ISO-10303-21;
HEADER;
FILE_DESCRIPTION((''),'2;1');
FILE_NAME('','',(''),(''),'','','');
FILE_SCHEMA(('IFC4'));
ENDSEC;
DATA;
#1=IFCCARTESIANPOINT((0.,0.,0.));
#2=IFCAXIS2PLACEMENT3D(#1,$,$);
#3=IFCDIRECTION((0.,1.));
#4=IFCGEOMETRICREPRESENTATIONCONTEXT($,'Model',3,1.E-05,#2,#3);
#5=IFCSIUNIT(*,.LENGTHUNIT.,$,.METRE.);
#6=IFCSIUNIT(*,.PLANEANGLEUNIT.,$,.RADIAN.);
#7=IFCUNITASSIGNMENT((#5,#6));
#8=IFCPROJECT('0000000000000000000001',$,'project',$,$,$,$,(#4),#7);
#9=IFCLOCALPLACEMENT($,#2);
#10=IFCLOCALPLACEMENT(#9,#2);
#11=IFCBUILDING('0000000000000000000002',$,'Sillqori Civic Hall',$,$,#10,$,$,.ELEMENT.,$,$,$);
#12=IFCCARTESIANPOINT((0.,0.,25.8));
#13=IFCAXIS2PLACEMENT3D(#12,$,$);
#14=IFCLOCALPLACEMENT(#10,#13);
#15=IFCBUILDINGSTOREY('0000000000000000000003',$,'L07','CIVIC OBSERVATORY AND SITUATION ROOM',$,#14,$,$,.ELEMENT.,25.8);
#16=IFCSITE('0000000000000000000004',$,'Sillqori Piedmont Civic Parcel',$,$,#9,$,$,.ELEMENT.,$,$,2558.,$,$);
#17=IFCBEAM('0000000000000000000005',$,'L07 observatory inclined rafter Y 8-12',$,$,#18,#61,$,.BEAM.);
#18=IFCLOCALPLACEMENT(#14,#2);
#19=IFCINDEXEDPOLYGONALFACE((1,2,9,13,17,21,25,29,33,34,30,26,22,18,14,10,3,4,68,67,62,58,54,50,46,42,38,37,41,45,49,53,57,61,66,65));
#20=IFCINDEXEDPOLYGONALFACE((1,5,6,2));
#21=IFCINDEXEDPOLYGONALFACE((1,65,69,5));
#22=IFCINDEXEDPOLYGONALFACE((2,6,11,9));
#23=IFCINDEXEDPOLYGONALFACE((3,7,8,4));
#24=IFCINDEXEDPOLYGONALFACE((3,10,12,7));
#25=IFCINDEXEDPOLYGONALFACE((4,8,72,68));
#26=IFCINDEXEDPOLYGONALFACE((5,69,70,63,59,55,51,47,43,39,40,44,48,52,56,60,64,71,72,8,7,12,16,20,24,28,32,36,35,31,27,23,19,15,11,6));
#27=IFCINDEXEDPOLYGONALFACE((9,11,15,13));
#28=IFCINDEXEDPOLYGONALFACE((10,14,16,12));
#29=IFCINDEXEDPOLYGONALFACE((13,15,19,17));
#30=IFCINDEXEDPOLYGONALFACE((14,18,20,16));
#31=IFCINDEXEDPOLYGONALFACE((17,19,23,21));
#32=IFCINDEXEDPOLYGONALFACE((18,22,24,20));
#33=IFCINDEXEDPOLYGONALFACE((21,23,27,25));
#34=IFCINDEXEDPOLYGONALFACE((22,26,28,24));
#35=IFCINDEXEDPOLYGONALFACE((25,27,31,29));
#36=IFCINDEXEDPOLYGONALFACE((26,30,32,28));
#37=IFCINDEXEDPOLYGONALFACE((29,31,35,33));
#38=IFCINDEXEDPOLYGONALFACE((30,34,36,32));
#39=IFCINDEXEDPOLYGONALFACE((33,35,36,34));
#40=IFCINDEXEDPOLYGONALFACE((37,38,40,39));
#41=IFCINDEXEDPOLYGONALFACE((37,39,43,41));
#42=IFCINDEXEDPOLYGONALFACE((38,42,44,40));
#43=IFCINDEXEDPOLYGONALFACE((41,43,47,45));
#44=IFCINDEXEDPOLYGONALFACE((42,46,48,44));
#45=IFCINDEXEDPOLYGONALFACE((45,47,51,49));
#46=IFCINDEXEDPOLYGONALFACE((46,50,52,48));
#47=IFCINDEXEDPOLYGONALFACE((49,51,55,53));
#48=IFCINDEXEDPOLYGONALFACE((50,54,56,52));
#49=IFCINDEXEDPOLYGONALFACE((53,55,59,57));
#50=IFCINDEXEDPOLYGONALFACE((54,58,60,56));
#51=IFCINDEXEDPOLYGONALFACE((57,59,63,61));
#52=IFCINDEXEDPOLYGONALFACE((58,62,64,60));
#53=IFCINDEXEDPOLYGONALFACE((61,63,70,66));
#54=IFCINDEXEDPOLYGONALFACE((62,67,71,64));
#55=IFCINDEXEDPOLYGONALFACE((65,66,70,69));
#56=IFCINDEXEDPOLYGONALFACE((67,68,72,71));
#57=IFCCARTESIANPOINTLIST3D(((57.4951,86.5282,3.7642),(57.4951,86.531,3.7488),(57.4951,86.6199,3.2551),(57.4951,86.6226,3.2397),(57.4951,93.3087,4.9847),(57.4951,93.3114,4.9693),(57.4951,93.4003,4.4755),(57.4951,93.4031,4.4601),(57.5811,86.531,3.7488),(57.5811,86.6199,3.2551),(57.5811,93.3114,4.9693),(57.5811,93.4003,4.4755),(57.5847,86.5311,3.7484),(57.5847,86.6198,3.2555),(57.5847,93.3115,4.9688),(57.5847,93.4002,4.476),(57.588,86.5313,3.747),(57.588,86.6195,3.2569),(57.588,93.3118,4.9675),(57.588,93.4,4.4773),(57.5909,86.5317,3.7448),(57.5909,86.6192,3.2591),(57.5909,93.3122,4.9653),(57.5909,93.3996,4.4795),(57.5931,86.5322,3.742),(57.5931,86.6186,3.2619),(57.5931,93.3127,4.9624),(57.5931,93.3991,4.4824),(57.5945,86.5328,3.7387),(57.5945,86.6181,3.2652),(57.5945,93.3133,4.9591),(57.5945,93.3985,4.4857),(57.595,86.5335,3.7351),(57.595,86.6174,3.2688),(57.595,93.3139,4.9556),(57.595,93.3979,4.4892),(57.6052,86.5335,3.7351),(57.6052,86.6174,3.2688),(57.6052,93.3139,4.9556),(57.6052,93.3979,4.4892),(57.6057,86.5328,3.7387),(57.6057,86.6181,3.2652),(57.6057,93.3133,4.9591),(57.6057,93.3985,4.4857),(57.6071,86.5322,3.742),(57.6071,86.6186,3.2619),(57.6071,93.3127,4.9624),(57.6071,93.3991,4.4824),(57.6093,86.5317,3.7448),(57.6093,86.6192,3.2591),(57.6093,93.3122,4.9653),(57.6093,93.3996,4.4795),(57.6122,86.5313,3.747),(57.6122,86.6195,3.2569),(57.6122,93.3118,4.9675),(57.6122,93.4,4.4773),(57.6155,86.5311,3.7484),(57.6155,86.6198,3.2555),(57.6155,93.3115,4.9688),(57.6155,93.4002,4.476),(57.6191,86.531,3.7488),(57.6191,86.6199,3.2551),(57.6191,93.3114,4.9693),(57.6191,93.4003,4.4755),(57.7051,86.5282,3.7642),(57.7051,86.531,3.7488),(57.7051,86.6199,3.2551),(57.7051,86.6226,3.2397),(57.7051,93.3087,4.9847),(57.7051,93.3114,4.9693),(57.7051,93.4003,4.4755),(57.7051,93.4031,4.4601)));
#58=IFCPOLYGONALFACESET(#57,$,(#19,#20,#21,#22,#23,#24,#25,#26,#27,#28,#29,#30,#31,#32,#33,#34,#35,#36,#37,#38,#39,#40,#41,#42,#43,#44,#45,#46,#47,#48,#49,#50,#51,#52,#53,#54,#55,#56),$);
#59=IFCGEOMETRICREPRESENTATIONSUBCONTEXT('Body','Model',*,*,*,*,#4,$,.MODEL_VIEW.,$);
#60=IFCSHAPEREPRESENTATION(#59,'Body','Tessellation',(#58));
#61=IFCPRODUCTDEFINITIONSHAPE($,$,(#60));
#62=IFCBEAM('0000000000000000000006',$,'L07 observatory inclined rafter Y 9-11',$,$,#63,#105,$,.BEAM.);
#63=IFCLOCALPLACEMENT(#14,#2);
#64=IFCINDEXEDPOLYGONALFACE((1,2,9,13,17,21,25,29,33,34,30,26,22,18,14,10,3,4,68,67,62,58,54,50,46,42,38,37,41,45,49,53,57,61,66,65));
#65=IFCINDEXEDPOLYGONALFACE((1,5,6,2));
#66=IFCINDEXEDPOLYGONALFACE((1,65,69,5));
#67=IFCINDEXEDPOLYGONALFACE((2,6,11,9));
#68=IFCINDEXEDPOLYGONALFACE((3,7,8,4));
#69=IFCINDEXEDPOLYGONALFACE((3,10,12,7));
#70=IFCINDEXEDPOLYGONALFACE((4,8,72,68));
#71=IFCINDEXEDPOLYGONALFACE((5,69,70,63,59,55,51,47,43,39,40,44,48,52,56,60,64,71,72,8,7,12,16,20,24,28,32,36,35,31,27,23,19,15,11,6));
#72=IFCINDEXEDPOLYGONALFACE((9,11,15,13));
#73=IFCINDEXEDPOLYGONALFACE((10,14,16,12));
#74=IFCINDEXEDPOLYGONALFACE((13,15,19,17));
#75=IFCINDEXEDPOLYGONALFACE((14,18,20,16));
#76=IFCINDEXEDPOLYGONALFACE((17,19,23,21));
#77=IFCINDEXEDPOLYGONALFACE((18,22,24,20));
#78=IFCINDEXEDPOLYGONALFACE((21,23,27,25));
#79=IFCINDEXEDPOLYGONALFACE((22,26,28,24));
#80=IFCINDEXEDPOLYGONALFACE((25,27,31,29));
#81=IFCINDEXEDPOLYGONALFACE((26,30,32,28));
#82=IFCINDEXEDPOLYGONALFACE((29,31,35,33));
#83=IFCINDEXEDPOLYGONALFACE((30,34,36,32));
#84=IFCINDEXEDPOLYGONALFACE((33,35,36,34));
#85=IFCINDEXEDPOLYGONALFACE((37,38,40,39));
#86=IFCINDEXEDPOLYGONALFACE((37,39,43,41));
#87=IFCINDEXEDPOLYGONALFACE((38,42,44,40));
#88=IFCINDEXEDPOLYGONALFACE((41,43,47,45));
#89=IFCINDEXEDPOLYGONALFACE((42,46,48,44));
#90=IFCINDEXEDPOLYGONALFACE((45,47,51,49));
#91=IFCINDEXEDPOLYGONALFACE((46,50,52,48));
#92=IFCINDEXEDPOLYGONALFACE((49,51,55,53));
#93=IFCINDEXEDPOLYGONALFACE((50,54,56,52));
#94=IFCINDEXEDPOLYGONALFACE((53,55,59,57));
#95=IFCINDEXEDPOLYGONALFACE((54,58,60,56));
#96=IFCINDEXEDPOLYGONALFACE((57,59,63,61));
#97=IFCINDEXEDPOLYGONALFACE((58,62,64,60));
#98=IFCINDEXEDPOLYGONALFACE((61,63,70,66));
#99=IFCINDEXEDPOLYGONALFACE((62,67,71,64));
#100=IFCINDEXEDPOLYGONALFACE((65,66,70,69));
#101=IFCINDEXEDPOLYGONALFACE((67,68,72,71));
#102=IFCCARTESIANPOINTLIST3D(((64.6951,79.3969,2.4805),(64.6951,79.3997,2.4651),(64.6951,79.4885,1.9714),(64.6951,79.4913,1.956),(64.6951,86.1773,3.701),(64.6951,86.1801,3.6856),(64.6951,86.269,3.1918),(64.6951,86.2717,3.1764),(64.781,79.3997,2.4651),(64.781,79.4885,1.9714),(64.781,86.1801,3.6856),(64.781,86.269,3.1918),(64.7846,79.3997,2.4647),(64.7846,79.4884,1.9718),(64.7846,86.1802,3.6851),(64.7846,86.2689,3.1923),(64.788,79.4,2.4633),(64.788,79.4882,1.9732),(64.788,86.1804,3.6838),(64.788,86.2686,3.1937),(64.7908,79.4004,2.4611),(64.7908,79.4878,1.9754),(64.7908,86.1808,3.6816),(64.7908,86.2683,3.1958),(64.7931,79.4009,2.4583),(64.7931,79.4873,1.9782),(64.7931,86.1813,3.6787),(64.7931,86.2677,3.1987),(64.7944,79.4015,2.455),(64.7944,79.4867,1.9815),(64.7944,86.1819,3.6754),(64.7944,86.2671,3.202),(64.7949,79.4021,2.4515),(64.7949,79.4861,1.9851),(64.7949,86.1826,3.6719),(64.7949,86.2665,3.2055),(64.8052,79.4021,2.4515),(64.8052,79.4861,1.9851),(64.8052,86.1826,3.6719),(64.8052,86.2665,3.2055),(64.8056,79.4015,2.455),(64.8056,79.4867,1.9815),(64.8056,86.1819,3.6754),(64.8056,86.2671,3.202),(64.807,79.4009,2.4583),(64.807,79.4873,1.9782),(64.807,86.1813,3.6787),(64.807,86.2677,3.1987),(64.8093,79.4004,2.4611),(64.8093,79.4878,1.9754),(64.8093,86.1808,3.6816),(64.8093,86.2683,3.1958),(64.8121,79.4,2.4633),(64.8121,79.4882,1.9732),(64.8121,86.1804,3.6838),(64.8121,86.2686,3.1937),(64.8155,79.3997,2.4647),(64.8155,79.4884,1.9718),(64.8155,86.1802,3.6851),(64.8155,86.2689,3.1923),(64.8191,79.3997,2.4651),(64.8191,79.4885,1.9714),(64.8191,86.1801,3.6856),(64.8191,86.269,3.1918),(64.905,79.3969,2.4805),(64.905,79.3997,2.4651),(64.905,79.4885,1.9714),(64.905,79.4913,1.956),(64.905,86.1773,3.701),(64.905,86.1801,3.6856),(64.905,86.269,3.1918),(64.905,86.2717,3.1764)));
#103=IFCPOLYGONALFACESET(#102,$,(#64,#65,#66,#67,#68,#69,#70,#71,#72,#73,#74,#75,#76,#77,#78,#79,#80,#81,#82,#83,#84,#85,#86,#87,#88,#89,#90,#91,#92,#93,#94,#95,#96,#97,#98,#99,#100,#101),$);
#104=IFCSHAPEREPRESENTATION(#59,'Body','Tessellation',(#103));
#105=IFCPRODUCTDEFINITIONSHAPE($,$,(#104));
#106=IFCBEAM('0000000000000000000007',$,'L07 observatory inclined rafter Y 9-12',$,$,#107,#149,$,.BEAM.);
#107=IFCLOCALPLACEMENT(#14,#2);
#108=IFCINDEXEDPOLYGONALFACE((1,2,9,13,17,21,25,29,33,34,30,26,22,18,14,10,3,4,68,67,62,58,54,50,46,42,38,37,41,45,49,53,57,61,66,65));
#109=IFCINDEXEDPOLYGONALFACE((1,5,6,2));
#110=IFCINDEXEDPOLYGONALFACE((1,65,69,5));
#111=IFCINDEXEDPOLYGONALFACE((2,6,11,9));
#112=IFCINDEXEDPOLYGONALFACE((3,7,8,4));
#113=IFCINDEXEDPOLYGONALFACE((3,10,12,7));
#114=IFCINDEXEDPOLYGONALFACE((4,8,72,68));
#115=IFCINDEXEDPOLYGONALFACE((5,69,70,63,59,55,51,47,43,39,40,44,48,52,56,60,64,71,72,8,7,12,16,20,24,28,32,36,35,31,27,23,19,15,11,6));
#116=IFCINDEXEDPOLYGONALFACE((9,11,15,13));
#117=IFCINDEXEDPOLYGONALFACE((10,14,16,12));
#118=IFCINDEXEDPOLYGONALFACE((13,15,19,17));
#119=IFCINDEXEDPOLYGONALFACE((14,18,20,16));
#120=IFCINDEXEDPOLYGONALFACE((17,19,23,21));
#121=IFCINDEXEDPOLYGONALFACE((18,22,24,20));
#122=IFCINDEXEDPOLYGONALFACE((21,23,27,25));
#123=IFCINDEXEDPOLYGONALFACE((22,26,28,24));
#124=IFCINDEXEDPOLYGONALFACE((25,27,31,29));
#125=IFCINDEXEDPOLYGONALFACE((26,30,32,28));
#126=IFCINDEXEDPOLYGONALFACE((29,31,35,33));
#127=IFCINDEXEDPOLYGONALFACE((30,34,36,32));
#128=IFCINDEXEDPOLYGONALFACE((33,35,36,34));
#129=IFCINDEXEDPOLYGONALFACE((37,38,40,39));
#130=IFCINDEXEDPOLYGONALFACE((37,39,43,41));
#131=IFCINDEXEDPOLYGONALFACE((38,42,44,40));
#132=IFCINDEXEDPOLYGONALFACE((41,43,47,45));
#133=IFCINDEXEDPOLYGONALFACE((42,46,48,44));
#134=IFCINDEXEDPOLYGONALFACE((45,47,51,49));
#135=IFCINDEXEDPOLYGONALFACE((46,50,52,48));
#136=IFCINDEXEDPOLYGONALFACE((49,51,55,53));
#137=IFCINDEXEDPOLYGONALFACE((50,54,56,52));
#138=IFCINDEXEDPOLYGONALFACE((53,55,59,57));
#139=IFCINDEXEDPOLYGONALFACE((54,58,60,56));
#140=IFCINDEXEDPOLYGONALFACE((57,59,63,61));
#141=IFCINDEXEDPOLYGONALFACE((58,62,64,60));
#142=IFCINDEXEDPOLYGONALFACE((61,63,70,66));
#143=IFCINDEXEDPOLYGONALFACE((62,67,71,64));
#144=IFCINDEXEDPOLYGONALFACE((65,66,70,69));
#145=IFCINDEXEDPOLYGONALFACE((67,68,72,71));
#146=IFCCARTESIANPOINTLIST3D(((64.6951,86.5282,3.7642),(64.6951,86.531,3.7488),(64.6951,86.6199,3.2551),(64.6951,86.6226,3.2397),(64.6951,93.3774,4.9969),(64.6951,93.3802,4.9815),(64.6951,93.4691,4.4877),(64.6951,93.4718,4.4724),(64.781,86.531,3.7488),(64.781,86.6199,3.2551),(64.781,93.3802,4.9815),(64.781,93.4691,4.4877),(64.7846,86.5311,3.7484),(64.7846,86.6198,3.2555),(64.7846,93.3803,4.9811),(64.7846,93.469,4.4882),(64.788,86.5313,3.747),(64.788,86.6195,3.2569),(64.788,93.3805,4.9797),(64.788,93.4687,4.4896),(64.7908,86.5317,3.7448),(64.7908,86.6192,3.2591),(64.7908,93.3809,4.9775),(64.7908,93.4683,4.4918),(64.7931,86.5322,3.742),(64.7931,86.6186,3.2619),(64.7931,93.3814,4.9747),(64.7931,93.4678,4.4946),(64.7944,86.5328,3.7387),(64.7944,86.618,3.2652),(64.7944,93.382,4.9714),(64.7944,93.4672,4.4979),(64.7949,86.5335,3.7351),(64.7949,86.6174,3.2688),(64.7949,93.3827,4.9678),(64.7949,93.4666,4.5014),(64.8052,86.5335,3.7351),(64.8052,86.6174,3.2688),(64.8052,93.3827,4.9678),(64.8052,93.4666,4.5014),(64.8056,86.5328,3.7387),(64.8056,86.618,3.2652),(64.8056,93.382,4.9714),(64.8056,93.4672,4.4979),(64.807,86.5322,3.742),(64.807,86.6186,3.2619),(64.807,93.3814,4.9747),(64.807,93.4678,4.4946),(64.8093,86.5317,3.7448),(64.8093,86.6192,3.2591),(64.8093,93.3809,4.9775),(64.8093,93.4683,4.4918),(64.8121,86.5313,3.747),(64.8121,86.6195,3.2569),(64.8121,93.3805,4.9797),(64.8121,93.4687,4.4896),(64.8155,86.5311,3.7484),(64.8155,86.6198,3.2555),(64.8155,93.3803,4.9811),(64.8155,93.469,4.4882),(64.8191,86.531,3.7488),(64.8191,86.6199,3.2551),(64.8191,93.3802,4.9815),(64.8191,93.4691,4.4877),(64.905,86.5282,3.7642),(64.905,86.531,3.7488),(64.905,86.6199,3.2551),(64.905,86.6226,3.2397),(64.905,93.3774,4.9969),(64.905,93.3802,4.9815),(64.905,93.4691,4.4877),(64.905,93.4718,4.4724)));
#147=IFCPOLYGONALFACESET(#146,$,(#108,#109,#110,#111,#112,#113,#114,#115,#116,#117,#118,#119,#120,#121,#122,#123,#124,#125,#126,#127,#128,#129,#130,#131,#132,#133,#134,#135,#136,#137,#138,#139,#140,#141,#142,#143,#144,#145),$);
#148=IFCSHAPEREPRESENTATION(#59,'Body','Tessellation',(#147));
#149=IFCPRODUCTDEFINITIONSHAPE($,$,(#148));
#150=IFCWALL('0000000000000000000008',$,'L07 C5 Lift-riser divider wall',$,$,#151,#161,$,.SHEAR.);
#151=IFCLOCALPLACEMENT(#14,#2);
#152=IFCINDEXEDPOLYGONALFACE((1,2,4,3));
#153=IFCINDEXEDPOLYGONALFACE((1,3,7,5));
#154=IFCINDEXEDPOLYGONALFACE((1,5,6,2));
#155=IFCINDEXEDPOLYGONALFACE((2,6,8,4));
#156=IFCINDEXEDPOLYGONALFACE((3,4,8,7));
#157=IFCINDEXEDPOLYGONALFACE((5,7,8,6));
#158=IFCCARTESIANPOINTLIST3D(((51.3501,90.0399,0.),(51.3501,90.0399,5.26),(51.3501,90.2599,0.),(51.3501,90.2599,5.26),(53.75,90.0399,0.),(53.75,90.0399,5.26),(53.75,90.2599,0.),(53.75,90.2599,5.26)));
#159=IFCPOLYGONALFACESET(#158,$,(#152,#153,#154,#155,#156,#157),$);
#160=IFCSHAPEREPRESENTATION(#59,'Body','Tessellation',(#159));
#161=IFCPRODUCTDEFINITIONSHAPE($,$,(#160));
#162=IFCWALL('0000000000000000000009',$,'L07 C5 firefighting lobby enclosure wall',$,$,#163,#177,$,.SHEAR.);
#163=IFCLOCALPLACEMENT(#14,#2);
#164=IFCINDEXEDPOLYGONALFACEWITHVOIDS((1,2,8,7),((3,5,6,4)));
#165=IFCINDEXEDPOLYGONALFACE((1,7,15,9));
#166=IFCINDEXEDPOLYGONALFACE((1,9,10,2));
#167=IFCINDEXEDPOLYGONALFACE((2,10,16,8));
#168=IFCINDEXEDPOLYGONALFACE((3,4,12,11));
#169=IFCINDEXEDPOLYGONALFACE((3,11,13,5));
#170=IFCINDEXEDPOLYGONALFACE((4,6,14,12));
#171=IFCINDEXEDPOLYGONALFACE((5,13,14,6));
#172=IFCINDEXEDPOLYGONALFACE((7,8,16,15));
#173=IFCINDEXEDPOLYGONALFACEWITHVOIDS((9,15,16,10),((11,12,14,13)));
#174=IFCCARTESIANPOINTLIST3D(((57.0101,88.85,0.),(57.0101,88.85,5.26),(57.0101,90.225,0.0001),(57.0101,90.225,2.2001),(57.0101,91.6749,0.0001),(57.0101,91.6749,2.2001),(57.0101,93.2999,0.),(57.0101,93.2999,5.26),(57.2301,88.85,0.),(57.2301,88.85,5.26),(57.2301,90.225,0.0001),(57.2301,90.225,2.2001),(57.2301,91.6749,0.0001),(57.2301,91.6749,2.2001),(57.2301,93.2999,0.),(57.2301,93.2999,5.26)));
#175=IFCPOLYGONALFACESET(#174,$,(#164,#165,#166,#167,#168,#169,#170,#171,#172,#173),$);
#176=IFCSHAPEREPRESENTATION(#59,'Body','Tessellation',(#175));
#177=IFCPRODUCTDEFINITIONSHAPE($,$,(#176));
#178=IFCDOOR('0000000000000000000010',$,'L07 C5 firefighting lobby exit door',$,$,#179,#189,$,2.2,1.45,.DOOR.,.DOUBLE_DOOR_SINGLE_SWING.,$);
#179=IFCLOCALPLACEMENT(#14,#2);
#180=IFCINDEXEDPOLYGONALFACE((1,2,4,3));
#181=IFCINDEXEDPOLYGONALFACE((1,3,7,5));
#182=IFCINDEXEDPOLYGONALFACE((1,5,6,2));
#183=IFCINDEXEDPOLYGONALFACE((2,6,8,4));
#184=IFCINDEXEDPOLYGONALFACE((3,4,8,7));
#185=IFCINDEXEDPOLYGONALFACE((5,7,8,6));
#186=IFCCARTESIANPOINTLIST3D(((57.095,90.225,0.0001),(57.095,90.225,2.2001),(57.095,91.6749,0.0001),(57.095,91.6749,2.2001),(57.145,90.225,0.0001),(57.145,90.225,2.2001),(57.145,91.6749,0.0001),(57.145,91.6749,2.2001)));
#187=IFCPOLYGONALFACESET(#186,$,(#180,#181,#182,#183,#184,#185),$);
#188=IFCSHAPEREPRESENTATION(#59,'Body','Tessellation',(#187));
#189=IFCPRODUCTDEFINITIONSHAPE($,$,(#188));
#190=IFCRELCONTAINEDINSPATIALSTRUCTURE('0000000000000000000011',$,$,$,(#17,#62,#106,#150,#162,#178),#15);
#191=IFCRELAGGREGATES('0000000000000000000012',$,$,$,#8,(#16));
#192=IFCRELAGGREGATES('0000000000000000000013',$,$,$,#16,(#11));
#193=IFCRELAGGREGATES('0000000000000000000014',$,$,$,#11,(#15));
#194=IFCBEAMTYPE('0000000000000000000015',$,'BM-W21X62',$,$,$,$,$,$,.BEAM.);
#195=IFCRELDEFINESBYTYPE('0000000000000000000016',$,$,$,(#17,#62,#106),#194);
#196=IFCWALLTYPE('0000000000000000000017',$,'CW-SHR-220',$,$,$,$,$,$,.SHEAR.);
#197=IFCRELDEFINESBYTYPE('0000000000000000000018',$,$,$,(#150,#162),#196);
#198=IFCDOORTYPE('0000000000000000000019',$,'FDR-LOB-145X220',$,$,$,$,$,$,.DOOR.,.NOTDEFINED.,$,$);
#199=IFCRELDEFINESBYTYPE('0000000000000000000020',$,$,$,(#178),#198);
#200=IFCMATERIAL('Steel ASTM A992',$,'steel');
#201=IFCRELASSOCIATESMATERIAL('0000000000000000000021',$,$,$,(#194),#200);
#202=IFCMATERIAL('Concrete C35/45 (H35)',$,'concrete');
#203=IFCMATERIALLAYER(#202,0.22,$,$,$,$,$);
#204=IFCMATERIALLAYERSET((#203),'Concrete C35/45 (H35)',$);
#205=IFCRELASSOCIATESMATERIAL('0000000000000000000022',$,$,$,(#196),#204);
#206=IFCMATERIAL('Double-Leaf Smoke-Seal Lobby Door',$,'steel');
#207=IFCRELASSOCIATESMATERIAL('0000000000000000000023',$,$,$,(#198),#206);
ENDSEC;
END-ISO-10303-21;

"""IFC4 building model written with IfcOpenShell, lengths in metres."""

from ifc_helpers import new_model, si_unit, direction, frame, frame_2d, origin, origin_2d, place, context, subcontext, project, spatial, rectangle, i_section, extrude, material, layer, layer_set, material_profile, profile_set, type_object, element, fill, save


model = new_model("IFC4")

# Units and contexts
model_context = context("Model", 3, precision=1e-05, world=origin(), true_north=direction((0.0, 1.0)))
body_context = subcontext(model_context, "Body", "Model", "MODEL_VIEW")
ifc_project = project(units=[si_unit("LENGTHUNIT", "METRE"), si_unit("PLANEANGLEUNIT", "RADIAN")], contexts=[model_context])

# Site, building, storey
site_placement = place(None, origin())
site = spatial("IfcSite", under=ifc_project, at=site_placement, Name="Sillqori Piedmont Civic Parcel", CompositionType="ELEMENT", RefElevation=2558.0)
building_placement = place(site_placement, origin())
building = spatial("IfcBuilding", under=site, at=building_placement, Name="Sillqori Civic Hall", CompositionType="ELEMENT")
storey_placement = place(building_placement, frame((0.0, 0.0, 25.8)))
storey = spatial("IfcBuildingStorey", under=building, at=storey_placement, Name="L07", Description="CIVIC OBSERVATORY AND SITUATION ROOM", CompositionType="ELEMENT", Elevation=25.8)

# Shared definitions
ifc_material_1 = material(Name="Concrete C35/45 (H35)", Category="concrete")
ifc_material_2 = material(Name="Steel ASTM A992", Category="steel")

# Beams
ifc_material_profile_1 = material_profile(ifc_material_2, i_section(OverallWidth=0.21, OverallDepth=0.533, WebThickness=0.0103, FlangeThickness=0.0156, FilletRadius=0.0139, at=origin_2d()), Name="W21X62")
ifc_profile_set_1 = profile_set([ifc_material_profile_1], Name="Steel ASTM A992")
beam_type = type_object("IfcBeamType", Name="BM-W21X62", PredefinedType="BEAM", material=ifc_profile_set_1)
for number, where, z_axis, x_axis, name in (
    (1, (57.6001, 86.5754, 3.502), (0.0, 0.984184, 0.177148), (-1.0, 0.0, 0.0), "L07 observatory inclined rafter Y 8-12"),
    (2, (64.8, 79.4441, 2.2183), (0.0, 0.984184, 0.177148), (-1.0, 0.0, 0.0), "L07 observatory inclined rafter Y 9-11"),
):
    element("IfcBeam", number, at=place(storey_placement, frame(where, z_axis=z_axis, x_axis=x_axis)), inside=storey, type_object=beam_type, Name=name, PredefinedType="BEAM", context=body_context, shape_type="SweptSolid", body=[
        extrude(i_section(OverallWidth=0.21, OverallDepth=0.533, WebThickness=0.0103, FlangeThickness=0.0156, FilletRadius=0.0139, at=origin_2d()), origin(), (0.0, 0.0, 1.0), 6.8894),
    ])
beam_1_placement = place(storey_placement, frame((64.8, 86.5754, 3.502), z_axis=(0.0, 0.984188, 0.177129), x_axis=(-1.0, 0.0, 0.0)))
element("IfcBeam", 3, at=beam_1_placement, inside=storey, type_object=beam_type, Name="L07 observatory inclined rafter Y 9-12", PredefinedType="BEAM", context=body_context, shape_type="SweptSolid", body=[
    extrude(i_section(OverallWidth=0.21, OverallDepth=0.533, WebThickness=0.0103, FlangeThickness=0.0156, FilletRadius=0.0139, at=origin_2d()), origin(), (0.0, 0.0, 1.0), 6.9592),
])

# Wall
ifc_layer_1 = layer(ifc_material_1, 0.22)
ifc_layer_set_1 = layer_set([ifc_layer_1], Name="Concrete C35/45 (H35)")
wall_type_1 = type_object("IfcWallType", Name="CW-SHR-220", PredefinedType="SHEAR", material=ifc_layer_set_1)
wall_1_placement = place(storey_placement, frame((51.3501, 90.1499, 0.0), z_axis=(0.0, 0.0, 1.0), x_axis=(1.0, 0.0, 0.0)))
element("IfcWall", 4, at=wall_1_placement, inside=storey, type_object=wall_type_1, Name="L07 C5 Lift-riser divider wall", PredefinedType="SHEAR", context=body_context, shape_type="SweptSolid", body=[
    extrude(rectangle(XDim=2.3999, YDim=0.22, at=frame_2d((1.2, 0.0))), origin(), (0.0, 0.0, 1.0), 5.26),
])

# Wall, opening, door
wall_2_placement = place(storey_placement, frame((57.1201, 93.3, 0.0), z_axis=(0.0, 0.0, 1.0), x_axis=(0.0, -1.0, 0.0)))
wall_2 = element("IfcWall", 5, at=wall_2_placement, inside=storey, type_object=wall_type_1, Name="L07 C5 firefighting lobby enclosure wall", PredefinedType="SHEAR", context=body_context, shape_type="SweptSolid", body=[
    extrude(rectangle(XDim=4.45, YDim=0.22, at=frame_2d((2.2251, 0.0))), origin(), (0.0, 0.0, 1.0), 5.26),
])
opening_1_placement = place(wall_2_placement, frame((1.625, 0.0, 0.0)))
opening_1 = element("IfcOpeningElement", 6, at=opening_1_placement, cuts=wall_2, PredefinedType="OPENING", context=body_context, shape_type="SweptSolid", body=[
    extrude(rectangle(XDim=1.45, YDim=2.2, at=frame_2d((0.7251, 1.1001))), frame((0.0, 0.1199, 0.0), z_axis=(0.0, -1.0, 0.0), x_axis=(1.0, 0.0, 0.0)), (0.0, 0.0, 1.0), 0.24),
])
ifc_material_3 = material(Name="Double-Leaf Smoke-Seal Lobby Door", Category="steel")
door_type_1 = type_object("IfcDoorType", Name="FDR-LOB-145X220", OperationType="NOTDEFINED", PredefinedType="DOOR", material=ifc_material_3)
door_1_placement = place(opening_1_placement, origin())
door_1 = element("IfcDoor", 7, at=door_1_placement, inside=storey, type_object=door_type_1, Name="L07 C5 firefighting lobby exit door", OperationType="DOUBLE_DOOR_SINGLE_SWING", OverallHeight=2.2, OverallWidth=1.45, PredefinedType="DOOR", context=body_context, shape_type="SweptSolid", body=[
    extrude(rectangle(XDim=1.45, YDim=2.2, at=frame_2d((0.7251, 1.1001))), frame((0.0, 0.0249, 0.0), z_axis=(0.0, -1.0, 0.0), x_axis=(1.0, 0.0, 0.0)), (0.0, 0.0, 1.0), 0.05),
])
fill(opening_1, door_1)

save(model, "model.ifc")
